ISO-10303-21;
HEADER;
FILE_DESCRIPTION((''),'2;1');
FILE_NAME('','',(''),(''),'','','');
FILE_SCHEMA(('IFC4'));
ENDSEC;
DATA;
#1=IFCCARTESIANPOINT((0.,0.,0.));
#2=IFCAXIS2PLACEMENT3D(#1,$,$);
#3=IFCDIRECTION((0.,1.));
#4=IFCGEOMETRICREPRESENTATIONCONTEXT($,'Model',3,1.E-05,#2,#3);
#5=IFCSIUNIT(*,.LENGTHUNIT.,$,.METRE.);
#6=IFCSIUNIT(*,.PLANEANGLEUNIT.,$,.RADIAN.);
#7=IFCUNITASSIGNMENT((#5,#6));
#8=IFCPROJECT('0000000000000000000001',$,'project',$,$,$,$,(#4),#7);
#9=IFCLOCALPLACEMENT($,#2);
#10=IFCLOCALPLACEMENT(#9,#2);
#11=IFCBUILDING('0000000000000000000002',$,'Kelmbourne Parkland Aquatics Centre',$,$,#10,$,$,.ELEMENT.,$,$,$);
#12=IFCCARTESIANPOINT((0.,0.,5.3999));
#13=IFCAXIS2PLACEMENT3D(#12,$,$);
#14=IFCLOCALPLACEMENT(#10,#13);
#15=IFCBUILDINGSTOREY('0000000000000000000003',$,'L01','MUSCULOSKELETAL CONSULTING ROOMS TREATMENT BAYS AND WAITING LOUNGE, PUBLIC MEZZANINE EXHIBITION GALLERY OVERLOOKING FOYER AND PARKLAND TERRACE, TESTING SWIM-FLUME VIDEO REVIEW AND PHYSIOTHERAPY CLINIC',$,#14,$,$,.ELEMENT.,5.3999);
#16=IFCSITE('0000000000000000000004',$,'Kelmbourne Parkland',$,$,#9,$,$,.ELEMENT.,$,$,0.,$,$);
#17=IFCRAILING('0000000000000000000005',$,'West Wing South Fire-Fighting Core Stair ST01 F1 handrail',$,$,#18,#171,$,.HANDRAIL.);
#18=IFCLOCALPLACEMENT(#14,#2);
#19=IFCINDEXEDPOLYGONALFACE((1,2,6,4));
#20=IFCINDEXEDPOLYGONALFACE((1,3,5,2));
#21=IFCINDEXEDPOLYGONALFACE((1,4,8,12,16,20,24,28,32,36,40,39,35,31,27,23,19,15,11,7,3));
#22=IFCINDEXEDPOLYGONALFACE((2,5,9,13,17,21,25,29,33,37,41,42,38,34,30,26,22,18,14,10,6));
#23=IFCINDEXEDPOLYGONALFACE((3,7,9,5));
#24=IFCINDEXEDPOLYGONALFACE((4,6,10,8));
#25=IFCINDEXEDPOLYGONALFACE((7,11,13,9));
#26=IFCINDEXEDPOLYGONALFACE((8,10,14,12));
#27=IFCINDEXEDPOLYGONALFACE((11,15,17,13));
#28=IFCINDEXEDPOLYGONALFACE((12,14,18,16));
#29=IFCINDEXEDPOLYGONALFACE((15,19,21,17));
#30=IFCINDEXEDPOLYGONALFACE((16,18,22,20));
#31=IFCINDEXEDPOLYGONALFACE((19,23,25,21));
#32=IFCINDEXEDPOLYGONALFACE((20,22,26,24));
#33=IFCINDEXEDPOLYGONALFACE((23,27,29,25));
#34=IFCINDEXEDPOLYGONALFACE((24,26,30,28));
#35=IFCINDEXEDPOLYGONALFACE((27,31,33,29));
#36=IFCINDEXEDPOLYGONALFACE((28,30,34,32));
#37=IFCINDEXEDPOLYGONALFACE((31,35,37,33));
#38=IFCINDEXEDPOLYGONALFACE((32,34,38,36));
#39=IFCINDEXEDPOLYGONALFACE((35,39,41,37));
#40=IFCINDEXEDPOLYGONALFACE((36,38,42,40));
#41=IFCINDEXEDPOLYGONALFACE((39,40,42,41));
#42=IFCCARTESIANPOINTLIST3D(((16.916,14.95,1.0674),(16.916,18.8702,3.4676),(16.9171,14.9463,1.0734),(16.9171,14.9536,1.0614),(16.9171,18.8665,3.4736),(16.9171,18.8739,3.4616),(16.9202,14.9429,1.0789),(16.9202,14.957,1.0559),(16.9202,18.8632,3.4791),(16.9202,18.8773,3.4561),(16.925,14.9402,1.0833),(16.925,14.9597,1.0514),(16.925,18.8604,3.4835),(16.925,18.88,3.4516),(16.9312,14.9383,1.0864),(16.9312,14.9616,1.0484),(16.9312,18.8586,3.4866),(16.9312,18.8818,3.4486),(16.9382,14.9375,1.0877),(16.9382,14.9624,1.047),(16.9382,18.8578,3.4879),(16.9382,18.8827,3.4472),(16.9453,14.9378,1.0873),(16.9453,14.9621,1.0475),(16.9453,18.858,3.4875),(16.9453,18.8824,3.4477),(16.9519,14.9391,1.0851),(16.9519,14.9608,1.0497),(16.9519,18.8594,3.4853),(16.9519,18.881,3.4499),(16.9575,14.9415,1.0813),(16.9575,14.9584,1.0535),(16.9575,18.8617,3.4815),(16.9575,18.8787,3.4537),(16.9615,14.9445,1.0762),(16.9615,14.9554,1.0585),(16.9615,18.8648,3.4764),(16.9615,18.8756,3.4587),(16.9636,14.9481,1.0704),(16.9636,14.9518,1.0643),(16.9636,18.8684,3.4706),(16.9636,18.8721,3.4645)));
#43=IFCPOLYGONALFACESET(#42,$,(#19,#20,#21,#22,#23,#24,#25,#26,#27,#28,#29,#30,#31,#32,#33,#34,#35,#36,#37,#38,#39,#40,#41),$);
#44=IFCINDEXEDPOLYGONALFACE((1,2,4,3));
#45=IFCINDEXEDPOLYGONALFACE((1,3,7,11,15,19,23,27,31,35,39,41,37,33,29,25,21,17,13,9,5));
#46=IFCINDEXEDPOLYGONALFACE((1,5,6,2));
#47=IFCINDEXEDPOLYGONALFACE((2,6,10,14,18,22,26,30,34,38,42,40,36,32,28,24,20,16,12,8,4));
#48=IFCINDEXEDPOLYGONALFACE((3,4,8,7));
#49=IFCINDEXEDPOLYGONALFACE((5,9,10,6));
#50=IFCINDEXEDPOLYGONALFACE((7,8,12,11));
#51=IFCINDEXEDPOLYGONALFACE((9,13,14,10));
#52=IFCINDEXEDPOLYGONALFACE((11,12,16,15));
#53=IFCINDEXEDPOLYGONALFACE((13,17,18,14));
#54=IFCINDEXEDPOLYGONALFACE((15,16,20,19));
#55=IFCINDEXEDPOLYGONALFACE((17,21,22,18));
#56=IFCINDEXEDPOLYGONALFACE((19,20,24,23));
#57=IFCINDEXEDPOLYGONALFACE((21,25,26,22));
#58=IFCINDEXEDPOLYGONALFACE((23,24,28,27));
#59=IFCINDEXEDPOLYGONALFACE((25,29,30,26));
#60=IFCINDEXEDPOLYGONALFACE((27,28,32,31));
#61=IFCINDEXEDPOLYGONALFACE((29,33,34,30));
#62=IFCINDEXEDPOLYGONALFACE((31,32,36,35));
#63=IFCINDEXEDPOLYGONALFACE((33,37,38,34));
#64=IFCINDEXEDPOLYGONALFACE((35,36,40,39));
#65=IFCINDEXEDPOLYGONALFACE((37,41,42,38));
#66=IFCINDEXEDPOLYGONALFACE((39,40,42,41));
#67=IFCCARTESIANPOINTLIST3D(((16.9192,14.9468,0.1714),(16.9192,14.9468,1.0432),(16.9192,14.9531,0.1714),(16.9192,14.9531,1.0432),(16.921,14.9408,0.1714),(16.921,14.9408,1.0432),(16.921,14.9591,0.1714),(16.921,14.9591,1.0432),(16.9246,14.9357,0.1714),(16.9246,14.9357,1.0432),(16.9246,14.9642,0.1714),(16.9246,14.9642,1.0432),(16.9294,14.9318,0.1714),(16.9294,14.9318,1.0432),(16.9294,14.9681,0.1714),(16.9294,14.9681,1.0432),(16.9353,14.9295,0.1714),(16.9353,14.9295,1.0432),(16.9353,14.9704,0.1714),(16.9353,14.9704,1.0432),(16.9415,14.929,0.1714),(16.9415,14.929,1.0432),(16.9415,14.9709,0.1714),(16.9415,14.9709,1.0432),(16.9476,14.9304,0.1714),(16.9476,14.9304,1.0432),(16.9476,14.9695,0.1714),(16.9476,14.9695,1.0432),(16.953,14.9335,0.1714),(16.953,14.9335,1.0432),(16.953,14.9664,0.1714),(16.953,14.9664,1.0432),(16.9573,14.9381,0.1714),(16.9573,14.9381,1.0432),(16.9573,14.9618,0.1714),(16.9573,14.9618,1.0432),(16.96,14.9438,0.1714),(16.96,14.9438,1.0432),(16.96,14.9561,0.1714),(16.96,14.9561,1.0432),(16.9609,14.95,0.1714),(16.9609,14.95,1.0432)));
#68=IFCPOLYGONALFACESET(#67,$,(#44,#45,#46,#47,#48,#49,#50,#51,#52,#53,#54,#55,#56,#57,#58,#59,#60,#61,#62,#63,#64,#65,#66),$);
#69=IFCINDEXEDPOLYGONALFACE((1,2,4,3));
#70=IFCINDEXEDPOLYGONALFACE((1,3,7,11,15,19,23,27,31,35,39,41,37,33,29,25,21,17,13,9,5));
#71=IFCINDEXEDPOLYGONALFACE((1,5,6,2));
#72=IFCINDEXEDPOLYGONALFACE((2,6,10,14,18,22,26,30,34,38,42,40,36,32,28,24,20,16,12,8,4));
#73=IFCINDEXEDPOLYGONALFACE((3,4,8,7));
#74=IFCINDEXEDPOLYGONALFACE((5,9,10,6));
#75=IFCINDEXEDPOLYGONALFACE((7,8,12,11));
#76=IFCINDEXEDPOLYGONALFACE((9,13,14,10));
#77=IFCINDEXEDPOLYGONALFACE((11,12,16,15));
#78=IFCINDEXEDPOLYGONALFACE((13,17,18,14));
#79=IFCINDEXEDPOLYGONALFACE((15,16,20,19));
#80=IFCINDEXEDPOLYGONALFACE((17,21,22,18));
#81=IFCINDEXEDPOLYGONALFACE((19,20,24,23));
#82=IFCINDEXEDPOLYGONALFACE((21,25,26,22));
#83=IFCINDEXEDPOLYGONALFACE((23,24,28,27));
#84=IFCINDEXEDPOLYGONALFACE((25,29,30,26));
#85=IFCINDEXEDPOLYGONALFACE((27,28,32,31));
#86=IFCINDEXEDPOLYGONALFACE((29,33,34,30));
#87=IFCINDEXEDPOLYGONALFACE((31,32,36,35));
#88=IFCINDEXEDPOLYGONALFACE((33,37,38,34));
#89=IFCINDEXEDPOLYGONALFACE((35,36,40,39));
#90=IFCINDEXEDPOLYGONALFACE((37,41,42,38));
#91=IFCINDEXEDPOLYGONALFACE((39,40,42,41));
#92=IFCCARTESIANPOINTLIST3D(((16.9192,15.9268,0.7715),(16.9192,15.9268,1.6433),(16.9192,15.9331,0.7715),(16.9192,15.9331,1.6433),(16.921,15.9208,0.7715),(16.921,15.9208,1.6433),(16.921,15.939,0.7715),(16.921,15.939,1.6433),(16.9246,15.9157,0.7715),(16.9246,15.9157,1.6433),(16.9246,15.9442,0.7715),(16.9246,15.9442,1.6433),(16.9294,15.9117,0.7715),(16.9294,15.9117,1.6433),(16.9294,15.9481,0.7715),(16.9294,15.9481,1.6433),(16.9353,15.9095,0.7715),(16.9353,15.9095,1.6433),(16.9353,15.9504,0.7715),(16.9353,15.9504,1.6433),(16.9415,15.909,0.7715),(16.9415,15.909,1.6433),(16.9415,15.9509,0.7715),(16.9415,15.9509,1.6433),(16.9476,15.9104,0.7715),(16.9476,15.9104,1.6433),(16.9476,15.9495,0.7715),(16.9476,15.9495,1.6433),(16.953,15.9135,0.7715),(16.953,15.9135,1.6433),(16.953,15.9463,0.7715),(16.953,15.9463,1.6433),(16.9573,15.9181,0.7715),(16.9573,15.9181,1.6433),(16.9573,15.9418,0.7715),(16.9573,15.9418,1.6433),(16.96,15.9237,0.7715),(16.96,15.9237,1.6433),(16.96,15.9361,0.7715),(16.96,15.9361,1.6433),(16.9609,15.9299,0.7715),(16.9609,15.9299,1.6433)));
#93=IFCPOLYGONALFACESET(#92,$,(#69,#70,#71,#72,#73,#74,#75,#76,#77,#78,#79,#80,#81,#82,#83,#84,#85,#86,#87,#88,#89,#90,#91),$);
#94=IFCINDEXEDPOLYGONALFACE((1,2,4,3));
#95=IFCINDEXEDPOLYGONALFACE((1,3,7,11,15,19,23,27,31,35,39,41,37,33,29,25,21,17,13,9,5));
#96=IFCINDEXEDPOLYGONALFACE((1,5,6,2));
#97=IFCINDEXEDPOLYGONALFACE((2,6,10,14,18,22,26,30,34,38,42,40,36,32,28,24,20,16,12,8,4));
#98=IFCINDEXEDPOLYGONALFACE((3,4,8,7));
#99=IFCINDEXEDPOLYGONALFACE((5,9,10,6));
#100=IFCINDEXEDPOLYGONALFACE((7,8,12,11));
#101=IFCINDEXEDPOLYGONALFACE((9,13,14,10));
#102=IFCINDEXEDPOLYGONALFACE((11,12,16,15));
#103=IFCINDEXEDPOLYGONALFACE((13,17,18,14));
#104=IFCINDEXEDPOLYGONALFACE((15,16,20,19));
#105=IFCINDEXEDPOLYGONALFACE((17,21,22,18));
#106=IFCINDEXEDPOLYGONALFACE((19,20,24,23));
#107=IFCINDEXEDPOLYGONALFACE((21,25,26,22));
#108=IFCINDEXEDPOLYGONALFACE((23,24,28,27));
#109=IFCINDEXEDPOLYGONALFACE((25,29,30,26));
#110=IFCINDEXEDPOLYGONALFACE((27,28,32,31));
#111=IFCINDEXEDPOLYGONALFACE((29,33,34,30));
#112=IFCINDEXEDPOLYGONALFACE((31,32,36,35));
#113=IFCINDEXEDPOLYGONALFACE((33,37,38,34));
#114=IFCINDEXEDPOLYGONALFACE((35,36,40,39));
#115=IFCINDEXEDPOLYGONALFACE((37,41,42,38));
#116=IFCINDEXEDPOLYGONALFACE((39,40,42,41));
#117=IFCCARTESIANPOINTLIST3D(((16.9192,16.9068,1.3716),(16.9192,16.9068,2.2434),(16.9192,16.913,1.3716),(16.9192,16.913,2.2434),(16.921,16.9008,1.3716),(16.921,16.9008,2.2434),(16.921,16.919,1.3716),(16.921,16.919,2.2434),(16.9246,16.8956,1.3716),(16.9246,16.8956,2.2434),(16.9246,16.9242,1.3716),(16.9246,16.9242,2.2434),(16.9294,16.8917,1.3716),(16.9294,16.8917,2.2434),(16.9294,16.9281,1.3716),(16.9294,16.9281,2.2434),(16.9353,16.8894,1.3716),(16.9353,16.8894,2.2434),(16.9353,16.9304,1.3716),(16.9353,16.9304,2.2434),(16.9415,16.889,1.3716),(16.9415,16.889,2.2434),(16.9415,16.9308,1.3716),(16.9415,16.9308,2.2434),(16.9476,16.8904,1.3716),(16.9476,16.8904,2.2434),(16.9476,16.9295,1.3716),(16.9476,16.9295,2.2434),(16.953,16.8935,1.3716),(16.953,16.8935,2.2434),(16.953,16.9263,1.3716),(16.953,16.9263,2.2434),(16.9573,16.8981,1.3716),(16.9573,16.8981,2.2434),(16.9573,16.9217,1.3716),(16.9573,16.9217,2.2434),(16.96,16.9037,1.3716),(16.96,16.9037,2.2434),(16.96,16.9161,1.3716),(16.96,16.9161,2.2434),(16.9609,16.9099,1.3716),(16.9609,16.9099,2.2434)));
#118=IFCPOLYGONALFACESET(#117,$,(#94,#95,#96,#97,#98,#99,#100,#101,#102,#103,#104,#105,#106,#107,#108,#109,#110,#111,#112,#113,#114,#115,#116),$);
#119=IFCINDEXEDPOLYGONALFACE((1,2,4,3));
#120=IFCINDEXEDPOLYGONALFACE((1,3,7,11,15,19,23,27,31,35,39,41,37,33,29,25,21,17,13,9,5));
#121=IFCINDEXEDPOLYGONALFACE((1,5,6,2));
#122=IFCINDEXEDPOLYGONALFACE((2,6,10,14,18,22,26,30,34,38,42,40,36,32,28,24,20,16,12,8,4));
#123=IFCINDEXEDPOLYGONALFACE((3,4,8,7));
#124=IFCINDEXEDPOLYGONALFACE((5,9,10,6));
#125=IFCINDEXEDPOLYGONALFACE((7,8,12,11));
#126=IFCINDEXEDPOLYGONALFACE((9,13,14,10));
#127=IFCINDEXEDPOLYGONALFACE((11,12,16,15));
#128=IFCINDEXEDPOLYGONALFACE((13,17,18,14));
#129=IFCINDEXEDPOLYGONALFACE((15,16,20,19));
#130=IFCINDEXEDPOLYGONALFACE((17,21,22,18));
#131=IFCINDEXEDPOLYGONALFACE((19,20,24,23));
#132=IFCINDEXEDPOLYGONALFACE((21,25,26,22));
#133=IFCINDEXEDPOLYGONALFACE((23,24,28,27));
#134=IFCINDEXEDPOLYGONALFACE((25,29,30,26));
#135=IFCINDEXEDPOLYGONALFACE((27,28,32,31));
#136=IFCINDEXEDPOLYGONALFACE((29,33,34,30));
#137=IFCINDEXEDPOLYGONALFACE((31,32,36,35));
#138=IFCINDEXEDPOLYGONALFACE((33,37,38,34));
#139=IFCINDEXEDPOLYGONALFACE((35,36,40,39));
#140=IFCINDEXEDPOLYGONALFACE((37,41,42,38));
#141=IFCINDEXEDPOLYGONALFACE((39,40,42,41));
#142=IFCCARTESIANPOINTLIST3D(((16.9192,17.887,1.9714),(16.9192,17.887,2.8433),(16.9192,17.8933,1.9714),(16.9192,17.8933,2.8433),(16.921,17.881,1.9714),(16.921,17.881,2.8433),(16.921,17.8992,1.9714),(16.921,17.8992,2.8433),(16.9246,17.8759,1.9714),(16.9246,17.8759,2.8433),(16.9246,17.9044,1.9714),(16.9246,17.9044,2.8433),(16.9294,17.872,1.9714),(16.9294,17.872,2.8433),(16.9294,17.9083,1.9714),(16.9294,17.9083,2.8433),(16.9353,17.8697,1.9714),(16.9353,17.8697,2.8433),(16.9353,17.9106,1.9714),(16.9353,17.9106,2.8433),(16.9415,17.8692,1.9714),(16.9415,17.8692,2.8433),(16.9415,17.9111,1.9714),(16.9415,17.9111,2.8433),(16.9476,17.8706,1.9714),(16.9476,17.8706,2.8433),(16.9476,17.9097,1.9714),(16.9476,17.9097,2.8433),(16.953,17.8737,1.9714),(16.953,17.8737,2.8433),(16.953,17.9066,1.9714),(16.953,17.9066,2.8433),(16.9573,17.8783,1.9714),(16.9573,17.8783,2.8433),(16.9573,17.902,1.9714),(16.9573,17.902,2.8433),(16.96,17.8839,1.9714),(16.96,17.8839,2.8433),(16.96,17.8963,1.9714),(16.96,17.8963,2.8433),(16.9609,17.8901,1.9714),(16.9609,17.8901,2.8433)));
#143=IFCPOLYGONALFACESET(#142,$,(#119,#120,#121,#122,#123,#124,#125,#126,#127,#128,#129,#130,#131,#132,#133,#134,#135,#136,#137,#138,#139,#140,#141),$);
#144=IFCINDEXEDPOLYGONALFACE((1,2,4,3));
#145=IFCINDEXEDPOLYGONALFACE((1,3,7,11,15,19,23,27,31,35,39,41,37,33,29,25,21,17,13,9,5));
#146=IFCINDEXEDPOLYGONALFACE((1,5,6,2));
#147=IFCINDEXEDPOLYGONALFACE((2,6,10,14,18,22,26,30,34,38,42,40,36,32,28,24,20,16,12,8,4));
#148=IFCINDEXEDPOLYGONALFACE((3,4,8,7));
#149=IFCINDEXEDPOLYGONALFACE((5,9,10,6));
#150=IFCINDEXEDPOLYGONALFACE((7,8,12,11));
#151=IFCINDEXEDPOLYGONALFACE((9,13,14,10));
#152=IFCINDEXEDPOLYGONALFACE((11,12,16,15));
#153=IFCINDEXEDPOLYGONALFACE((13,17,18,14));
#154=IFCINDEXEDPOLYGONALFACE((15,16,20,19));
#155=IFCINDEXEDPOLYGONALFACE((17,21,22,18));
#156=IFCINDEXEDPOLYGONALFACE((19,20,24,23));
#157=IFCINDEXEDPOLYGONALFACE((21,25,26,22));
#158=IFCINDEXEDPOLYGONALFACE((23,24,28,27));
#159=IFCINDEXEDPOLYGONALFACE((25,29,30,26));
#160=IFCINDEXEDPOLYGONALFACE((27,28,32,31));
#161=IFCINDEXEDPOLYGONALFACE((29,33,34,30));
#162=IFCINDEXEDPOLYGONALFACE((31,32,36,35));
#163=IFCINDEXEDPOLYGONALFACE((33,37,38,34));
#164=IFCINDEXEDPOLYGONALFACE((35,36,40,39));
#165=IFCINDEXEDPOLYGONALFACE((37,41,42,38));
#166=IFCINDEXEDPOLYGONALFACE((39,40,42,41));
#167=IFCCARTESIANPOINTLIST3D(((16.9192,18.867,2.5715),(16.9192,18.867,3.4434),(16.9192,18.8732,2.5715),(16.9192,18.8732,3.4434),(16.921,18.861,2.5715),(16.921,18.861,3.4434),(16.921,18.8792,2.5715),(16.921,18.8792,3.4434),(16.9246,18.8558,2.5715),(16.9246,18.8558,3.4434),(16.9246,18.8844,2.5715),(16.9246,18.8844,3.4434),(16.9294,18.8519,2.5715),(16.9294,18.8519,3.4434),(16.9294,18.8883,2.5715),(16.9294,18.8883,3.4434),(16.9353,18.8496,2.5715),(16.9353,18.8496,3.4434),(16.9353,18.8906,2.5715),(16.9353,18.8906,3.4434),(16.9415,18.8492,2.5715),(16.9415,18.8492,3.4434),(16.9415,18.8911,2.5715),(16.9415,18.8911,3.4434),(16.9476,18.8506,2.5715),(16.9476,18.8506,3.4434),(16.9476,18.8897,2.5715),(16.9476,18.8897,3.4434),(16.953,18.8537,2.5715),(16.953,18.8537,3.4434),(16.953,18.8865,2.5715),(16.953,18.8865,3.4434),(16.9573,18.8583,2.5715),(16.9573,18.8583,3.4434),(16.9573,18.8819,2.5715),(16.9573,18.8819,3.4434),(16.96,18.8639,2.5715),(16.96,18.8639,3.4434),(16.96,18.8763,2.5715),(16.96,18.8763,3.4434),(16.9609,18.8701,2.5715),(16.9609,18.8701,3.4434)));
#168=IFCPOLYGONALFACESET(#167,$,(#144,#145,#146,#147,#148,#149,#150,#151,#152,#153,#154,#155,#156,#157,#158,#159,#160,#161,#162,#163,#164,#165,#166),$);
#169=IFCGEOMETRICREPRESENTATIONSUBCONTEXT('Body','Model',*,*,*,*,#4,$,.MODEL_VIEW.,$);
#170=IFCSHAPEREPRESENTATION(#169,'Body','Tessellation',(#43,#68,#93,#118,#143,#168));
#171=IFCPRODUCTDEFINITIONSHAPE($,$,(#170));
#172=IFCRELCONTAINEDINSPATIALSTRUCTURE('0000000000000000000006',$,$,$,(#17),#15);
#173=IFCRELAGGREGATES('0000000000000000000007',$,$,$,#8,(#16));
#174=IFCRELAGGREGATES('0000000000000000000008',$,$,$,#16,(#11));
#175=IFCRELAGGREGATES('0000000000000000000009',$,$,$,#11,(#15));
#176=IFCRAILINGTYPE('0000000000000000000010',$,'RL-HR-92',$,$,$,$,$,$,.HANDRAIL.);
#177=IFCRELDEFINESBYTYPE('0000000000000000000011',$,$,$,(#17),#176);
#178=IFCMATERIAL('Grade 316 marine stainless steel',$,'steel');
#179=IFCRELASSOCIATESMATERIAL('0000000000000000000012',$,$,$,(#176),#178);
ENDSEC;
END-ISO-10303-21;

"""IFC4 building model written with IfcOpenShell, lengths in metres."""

from ifc_helpers import new_model, si_unit, direction, frame, origin, origin_2d, place, context, subcontext, project, spatial, circle, extrude, material, type_object, element, save


model = new_model("IFC4")

# Units and contexts
model_context = context("Model", 3, precision=1e-05, world=origin(), true_north=direction((0.0, 1.0)))
body_context = subcontext(model_context, "Body", "Model", "MODEL_VIEW")
ifc_project = project(units=[si_unit("LENGTHUNIT", "METRE"), si_unit("PLANEANGLEUNIT", "RADIAN")], contexts=[model_context])

# Site, building, storey
site_placement = place(None, origin())
site = spatial("IfcSite", under=ifc_project, at=site_placement, Name="Kelmbourne Parkland", CompositionType="ELEMENT", RefElevation=0.0)
building_placement = place(site_placement, origin())
building = spatial("IfcBuilding", under=site, at=building_placement, Name="Kelmbourne Parkland Aquatics Centre", CompositionType="ELEMENT")
storey_placement = place(building_placement, frame((0.0, 0.0, 5.3999)))
storey = spatial("IfcBuildingStorey", under=building, at=storey_placement, Name="L01", Description="MUSCULOSKELETAL CONSULTING ROOMS TREATMENT BAYS AND WAITING LOUNGE, PUBLIC MEZZANINE EXHIBITION GALLERY OVERLOOKING FOYER AND PARKLAND TERRACE, TESTING SWIM-FLUME VIDEO REVIEW AND PHYSIOTHERAPY CLINIC", CompositionType="ELEMENT", Elevation=5.3999)

# Railing
ifc_material_1 = material(Name="Grade 316 marine stainless steel", Category="steel")
railing_type_1 = type_object("IfcRailingType", Name="RL-HR-92", PredefinedType="HANDRAIL", material=ifc_material_1)
railing_1_placement = place(storey_placement, frame((16.9399, 14.95, 0.1714)))
element("IfcRailing", 1, at=railing_1_placement, inside=storey, type_object=railing_type_1, Name="West Wing South Fire-Fighting Core Stair ST01 F1 handrail", PredefinedType="HANDRAIL", context=body_context, shape_type="SweptSolid", body=[
    extrude(circle(Radius=0.0239, at=origin_2d()), frame((0.0, 0.0, 0.896), z_axis=(0.0, 0.852847, 0.522161), x_axis=(-1.0, 0.0, 0.0)), (0.0, 0.0, 1.0), 4.5967),
    extrude(circle(Radius=0.021, at=origin_2d()), origin(), (0.0, 0.0, 1.0), 0.8718),
    extrude(circle(Radius=0.021, at=origin_2d()), frame((0.0, 0.98, 0.6001)), (0.0, 0.0, 1.0), 0.8718),
    extrude(circle(Radius=0.021, at=origin_2d()), frame((0.0, 1.96, 1.2002)), (0.0, 0.0, 1.0), 0.8718),
    extrude(circle(Radius=0.021, at=origin_2d()), frame((0.0, 2.9402, 1.8)), (0.0, 0.0, 1.0), 0.8718),
    extrude(circle(Radius=0.021, at=origin_2d()), frame((0.0, 3.9202, 2.4001)), (0.0, 0.0, 1.0), 0.8718),
])

save(model, "model.ifc")
